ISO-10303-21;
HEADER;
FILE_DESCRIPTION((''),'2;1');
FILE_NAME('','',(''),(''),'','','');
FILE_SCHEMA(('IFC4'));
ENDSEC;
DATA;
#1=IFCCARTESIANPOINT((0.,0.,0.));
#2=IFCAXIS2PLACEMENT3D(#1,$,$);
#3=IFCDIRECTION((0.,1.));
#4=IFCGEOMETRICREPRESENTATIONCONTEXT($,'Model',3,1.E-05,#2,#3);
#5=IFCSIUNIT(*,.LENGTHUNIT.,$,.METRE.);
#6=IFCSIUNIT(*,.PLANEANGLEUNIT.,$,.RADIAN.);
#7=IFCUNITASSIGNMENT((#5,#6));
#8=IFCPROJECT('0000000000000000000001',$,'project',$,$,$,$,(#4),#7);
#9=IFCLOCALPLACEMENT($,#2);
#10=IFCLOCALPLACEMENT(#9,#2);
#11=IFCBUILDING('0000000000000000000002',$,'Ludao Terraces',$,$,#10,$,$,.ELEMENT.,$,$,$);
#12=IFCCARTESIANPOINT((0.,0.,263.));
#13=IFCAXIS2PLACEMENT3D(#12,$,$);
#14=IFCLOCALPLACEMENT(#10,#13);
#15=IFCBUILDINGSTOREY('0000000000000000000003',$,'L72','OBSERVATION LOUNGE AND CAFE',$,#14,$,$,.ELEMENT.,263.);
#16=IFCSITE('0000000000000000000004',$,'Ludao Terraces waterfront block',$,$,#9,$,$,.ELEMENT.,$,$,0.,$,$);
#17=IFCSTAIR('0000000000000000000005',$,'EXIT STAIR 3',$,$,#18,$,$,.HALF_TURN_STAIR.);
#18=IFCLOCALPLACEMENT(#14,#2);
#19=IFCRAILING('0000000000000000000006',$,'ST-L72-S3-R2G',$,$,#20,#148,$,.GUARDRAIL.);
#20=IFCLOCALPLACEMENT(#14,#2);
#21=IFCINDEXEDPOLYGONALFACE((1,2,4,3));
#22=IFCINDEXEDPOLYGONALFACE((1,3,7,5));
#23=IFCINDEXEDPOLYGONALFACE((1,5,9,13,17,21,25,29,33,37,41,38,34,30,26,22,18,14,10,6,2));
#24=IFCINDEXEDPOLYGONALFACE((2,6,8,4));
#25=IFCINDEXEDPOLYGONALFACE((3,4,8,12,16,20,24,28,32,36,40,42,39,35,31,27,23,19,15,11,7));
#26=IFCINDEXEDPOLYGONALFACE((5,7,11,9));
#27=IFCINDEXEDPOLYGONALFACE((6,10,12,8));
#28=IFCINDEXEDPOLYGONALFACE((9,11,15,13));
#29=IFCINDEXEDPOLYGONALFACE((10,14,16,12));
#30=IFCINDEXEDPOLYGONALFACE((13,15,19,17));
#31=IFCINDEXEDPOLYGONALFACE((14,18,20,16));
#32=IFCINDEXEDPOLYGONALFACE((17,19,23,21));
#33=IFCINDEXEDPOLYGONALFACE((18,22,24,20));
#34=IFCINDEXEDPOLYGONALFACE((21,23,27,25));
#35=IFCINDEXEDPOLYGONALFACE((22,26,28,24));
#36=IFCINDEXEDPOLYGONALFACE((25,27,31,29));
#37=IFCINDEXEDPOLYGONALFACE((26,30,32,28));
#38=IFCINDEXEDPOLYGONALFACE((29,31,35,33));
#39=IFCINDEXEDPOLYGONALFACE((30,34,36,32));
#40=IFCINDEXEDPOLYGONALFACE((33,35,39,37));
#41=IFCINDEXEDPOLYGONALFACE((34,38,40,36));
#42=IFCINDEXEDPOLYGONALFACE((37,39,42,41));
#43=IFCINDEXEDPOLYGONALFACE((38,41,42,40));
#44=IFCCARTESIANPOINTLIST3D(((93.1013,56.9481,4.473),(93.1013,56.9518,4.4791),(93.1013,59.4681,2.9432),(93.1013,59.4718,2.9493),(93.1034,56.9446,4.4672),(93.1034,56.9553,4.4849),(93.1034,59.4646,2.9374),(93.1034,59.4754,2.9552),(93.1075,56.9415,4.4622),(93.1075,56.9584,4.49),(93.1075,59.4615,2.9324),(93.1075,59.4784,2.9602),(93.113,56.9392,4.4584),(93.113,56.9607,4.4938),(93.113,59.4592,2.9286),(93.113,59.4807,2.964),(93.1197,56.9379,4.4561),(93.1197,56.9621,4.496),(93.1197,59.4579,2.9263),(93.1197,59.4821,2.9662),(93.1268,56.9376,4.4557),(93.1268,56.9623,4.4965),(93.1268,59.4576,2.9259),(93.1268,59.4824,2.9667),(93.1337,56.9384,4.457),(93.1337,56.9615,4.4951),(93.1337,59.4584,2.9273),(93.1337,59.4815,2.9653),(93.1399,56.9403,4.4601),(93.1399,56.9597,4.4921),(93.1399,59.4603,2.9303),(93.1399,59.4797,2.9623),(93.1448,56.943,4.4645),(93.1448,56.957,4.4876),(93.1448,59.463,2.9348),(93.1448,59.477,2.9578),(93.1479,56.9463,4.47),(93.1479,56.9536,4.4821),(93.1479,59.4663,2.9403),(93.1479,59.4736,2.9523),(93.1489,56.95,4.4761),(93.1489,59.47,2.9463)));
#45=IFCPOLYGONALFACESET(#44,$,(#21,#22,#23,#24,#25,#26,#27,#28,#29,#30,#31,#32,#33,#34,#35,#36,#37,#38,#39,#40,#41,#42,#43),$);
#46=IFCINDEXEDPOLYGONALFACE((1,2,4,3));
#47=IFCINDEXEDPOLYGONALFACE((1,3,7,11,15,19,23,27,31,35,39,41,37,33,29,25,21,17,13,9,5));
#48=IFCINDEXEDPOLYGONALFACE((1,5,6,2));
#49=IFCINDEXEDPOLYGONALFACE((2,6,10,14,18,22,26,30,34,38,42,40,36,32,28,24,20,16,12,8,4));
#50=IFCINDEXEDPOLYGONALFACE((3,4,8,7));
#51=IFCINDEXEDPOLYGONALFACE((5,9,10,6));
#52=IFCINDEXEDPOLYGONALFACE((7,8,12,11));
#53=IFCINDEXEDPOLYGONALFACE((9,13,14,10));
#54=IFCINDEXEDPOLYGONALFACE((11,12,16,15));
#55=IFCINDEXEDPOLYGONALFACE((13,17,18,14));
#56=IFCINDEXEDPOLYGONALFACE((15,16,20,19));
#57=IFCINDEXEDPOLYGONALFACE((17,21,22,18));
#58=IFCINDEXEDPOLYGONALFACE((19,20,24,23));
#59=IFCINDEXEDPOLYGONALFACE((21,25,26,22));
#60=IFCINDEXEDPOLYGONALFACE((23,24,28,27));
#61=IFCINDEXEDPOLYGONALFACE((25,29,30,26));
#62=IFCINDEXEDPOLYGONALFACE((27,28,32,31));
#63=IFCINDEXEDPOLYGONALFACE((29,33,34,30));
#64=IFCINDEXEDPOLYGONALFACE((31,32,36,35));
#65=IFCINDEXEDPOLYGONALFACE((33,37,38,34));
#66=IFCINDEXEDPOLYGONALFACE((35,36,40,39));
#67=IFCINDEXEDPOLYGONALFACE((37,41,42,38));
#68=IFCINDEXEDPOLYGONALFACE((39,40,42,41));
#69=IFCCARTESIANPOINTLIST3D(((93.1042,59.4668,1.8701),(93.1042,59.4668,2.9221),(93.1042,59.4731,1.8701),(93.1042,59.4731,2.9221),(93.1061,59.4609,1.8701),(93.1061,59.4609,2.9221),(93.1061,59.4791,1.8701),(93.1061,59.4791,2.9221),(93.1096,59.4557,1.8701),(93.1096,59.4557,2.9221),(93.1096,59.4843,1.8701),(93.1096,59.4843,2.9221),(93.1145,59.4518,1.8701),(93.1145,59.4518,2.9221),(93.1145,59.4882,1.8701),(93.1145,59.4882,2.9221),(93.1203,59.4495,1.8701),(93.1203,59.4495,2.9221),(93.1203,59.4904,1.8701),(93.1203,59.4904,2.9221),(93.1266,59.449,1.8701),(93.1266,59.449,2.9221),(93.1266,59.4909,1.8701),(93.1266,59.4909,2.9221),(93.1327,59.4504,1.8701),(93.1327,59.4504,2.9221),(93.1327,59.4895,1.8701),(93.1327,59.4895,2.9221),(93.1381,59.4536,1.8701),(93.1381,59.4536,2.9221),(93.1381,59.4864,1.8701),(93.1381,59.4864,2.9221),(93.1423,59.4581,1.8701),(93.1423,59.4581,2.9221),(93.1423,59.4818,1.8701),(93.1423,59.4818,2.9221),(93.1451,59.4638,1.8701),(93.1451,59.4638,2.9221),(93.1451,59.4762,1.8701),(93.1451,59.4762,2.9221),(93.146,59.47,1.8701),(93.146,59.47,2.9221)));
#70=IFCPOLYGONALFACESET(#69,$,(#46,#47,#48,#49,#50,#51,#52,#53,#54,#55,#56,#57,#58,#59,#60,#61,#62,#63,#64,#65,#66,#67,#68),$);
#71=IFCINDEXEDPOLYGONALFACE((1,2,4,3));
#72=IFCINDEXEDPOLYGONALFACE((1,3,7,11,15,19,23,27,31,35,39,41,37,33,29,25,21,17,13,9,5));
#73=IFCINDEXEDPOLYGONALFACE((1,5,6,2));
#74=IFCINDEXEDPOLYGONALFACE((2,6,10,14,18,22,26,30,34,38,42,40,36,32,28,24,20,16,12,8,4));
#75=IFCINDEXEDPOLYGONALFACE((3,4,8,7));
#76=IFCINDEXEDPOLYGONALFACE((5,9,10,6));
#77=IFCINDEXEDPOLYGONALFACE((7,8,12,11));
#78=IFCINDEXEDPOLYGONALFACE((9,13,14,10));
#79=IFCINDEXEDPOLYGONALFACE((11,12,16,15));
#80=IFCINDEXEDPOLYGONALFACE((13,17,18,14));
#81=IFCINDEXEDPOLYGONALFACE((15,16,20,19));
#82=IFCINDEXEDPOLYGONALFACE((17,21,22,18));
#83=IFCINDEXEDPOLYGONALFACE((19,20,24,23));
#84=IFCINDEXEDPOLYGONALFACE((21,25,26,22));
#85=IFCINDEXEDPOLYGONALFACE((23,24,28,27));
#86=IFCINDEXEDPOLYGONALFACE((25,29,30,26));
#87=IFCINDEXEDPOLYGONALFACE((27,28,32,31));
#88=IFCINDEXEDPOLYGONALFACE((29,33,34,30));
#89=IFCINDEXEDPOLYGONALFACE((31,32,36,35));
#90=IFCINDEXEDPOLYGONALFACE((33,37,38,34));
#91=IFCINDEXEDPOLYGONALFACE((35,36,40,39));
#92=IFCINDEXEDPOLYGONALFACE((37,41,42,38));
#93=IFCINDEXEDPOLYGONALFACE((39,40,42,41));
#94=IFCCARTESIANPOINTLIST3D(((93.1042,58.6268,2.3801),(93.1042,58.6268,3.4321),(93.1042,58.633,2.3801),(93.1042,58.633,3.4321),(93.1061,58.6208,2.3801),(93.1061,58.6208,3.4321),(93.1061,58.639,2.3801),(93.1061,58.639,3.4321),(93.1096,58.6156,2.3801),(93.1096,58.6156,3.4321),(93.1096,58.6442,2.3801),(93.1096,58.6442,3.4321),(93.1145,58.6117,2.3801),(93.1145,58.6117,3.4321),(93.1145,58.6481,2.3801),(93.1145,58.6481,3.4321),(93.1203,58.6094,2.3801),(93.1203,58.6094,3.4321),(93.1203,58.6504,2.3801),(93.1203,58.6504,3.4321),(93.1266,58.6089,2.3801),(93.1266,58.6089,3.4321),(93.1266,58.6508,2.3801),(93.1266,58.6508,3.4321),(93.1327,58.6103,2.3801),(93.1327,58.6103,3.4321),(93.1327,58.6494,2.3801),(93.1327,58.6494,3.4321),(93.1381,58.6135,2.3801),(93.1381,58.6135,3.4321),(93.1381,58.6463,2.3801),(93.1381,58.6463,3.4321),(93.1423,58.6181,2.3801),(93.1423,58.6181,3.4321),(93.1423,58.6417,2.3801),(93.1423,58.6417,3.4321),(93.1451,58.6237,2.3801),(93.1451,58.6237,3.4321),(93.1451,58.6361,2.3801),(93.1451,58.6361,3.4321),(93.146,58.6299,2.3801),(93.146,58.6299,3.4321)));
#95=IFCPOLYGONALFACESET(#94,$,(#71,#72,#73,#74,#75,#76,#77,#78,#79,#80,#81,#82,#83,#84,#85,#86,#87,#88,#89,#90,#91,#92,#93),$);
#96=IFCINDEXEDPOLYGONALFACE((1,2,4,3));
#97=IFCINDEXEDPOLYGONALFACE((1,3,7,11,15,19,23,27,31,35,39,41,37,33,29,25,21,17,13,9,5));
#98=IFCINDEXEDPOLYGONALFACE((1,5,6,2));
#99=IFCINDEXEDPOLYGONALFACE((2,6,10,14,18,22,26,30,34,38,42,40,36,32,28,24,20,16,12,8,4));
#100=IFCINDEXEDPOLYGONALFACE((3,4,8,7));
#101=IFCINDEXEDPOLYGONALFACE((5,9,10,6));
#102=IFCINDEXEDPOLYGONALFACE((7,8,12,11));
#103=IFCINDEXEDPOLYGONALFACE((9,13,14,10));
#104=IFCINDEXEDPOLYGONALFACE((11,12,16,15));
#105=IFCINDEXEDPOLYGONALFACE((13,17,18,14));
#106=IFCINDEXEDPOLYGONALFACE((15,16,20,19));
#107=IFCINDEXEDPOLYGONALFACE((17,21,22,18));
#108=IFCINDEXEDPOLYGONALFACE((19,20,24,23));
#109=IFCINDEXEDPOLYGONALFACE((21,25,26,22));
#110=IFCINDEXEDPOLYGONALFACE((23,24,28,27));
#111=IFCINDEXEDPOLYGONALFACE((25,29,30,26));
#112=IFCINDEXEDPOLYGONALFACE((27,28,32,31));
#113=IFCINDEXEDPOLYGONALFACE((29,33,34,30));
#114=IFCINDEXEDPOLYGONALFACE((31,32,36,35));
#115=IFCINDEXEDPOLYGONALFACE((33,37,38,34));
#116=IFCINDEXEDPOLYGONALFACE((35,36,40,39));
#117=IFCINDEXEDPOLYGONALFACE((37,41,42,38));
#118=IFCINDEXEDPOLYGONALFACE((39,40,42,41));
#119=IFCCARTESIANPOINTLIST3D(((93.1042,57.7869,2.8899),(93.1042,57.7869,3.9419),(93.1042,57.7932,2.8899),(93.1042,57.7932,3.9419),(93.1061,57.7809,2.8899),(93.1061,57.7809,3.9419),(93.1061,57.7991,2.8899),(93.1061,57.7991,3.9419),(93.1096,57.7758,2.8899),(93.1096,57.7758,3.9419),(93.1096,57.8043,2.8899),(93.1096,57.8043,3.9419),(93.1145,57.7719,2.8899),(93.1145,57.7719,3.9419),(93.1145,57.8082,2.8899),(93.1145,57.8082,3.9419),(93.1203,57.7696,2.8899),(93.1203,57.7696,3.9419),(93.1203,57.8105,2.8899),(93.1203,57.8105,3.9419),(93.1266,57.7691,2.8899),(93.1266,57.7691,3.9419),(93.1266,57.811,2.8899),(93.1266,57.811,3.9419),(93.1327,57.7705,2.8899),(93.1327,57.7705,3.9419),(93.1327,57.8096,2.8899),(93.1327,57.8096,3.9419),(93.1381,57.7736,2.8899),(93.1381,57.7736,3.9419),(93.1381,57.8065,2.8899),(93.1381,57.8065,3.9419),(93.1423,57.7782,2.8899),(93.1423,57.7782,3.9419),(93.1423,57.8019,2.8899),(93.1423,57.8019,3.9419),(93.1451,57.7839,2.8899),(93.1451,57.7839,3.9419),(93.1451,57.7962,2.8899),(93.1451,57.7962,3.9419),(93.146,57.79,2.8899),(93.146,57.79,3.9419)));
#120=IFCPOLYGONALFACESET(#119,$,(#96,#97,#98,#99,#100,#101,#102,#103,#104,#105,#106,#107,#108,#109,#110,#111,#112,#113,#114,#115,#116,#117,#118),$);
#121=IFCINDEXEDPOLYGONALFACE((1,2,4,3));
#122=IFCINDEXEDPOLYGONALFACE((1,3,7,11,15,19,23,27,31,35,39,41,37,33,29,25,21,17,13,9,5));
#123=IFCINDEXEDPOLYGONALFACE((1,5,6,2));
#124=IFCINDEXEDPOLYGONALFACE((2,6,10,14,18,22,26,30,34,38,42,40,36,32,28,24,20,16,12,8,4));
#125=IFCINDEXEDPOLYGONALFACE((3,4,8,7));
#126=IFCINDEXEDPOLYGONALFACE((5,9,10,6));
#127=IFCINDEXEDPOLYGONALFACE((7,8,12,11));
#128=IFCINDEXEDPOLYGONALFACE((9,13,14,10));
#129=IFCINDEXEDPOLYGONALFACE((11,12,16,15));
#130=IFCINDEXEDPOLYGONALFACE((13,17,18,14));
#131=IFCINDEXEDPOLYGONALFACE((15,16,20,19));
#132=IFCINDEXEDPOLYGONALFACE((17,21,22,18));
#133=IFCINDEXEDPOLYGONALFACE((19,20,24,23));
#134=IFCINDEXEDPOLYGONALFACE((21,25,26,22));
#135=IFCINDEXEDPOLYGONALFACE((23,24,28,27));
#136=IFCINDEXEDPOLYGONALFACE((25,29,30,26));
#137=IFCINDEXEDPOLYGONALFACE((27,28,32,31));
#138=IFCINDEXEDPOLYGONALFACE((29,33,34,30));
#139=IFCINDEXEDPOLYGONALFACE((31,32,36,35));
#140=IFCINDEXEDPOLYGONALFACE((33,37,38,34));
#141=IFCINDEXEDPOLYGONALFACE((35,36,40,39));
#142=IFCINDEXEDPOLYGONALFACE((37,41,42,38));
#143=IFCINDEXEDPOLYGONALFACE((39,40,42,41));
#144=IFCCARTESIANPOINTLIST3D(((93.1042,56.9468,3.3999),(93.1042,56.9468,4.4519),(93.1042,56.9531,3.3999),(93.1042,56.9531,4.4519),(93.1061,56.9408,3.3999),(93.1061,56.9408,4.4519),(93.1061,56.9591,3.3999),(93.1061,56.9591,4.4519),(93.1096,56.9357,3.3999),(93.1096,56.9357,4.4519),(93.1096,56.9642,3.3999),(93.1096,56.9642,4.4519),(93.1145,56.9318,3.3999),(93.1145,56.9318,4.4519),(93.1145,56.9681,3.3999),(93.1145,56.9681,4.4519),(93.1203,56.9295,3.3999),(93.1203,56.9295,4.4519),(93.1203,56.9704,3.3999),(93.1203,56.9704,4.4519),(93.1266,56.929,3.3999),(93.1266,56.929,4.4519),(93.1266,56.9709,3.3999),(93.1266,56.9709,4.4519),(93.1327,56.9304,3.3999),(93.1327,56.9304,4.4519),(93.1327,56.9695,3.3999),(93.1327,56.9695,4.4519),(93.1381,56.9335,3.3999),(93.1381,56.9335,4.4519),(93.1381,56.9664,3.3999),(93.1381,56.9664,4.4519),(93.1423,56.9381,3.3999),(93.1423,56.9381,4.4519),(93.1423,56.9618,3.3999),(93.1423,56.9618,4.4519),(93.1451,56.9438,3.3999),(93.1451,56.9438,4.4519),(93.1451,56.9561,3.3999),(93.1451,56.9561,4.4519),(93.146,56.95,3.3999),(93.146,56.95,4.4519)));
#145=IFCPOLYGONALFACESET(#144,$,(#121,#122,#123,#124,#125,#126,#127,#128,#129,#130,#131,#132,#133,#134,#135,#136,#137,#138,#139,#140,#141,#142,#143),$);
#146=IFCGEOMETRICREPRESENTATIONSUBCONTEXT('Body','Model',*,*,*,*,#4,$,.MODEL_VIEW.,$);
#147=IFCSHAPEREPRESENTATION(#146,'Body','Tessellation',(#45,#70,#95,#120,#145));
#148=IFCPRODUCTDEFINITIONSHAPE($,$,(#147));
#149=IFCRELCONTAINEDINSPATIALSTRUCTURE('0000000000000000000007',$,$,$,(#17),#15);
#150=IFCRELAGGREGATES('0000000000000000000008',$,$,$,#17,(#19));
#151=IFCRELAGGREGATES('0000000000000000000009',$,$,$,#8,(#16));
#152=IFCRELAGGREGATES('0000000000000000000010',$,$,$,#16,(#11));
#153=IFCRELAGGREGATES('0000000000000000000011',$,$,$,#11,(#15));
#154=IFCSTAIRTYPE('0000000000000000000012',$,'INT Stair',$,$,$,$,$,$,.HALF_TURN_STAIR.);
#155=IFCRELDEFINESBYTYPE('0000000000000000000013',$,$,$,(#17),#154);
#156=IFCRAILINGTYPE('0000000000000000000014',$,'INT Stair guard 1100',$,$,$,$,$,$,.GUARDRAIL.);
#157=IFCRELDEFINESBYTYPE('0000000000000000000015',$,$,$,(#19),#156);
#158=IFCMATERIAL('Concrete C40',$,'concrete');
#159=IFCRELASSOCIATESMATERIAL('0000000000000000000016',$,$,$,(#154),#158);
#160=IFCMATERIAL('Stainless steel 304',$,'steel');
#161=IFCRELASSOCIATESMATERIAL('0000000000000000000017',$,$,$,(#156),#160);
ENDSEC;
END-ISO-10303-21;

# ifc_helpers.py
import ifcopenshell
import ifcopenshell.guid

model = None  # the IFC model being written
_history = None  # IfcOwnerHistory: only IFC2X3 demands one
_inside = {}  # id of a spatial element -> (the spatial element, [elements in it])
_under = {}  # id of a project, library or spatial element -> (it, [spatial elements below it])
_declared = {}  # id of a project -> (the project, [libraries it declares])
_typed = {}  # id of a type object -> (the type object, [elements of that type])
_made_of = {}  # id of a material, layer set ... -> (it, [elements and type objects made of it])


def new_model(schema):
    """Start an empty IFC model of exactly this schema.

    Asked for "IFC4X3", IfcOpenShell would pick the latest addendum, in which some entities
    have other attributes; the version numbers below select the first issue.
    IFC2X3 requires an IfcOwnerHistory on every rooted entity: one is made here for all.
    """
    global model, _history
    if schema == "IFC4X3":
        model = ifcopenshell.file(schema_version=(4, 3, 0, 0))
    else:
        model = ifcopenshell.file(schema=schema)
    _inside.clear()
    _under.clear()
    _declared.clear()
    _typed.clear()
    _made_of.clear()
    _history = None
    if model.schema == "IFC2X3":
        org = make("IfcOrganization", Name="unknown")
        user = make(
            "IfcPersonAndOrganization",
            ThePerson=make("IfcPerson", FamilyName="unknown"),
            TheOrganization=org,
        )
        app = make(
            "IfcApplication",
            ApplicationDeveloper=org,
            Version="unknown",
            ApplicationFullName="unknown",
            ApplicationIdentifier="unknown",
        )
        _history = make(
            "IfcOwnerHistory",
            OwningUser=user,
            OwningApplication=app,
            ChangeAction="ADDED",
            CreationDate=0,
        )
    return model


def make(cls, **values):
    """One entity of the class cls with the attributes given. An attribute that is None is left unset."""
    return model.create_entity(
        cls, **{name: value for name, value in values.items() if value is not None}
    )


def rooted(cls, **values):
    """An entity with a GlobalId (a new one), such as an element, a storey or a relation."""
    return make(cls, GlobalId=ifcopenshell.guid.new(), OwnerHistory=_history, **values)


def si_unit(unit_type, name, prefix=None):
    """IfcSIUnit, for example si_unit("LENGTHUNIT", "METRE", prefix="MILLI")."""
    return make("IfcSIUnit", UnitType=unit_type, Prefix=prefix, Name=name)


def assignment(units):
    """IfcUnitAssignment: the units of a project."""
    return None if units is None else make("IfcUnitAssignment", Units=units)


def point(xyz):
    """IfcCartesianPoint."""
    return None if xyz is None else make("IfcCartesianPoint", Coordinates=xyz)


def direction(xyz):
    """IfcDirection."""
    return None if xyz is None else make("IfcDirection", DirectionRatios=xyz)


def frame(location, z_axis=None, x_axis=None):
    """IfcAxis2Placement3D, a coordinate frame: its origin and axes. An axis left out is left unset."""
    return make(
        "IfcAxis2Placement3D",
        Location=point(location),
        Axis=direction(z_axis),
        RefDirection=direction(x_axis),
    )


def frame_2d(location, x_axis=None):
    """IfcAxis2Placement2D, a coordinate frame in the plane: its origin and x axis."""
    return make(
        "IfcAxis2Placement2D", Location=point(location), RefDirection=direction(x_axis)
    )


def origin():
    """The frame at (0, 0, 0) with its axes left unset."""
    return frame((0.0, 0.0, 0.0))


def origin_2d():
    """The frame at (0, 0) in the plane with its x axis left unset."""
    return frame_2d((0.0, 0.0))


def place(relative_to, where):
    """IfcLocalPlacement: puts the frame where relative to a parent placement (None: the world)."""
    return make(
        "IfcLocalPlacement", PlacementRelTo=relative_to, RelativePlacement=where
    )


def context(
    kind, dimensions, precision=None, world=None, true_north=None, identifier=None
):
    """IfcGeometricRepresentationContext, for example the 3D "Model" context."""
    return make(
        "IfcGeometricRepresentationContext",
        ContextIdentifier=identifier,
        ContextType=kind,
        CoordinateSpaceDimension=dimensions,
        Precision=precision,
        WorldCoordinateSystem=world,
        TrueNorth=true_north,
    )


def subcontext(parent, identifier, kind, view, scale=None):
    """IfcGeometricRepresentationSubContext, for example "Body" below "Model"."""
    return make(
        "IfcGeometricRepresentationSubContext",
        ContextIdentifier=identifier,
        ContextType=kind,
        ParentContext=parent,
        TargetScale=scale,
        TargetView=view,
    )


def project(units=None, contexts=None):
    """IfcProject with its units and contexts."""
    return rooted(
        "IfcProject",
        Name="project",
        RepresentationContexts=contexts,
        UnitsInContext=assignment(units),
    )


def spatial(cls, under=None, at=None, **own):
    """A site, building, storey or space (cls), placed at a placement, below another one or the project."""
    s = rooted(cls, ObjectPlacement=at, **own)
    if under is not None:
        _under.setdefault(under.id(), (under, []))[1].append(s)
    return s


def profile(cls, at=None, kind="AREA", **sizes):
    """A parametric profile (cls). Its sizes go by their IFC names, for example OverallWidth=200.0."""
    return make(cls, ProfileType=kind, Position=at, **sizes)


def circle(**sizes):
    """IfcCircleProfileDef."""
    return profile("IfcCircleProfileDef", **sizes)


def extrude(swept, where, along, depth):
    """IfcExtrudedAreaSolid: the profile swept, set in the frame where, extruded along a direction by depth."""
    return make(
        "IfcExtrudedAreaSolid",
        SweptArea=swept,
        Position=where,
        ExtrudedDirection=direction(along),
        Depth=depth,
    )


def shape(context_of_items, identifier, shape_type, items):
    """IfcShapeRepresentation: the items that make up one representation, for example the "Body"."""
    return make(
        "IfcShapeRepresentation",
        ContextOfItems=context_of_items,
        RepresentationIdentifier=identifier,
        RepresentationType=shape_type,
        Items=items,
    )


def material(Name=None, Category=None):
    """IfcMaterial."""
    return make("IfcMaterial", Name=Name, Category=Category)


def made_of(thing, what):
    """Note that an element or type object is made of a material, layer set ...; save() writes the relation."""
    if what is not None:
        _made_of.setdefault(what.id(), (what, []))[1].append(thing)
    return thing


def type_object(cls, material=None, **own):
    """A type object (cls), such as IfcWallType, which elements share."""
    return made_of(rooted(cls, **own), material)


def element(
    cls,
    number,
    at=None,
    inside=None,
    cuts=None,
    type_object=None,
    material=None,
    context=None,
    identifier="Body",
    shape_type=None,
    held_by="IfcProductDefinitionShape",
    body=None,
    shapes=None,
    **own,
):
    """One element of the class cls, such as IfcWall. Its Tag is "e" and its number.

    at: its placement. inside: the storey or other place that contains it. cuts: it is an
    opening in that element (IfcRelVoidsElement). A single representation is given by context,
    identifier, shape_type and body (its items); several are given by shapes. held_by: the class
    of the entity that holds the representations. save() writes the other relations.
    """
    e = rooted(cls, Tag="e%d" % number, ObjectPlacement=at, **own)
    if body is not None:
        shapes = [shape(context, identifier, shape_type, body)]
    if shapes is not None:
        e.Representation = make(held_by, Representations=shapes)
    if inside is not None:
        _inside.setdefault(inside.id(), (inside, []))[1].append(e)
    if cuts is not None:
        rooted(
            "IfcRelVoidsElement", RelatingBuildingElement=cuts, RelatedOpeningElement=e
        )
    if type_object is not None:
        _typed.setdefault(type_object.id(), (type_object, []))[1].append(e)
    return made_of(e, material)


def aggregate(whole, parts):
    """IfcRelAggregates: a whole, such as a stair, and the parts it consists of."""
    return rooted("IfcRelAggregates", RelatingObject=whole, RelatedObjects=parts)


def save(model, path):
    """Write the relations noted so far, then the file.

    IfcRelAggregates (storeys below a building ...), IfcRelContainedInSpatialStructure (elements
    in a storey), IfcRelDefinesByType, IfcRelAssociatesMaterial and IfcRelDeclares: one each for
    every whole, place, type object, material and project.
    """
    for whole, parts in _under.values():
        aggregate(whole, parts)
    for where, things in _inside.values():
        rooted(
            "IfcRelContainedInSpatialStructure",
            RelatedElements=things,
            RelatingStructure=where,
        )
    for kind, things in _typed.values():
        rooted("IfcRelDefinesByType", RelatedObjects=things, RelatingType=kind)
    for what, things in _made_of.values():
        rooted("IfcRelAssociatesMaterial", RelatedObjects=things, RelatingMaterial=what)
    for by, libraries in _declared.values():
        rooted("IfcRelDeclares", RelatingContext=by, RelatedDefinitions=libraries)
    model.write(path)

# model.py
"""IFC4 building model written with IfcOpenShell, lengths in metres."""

from ifc_helpers import new_model, si_unit, direction, frame, origin, origin_2d, place, context, subcontext, project, spatial, circle, extrude, material, type_object, element, aggregate, save


model = new_model("IFC4")

# Units and contexts
model_context = context("Model", 3, precision=1e-05, world=origin(), true_north=direction((0.0, 1.0)))
body_context = subcontext(model_context, "Body", "Model", "MODEL_VIEW")
ifc_project = project(units=[si_unit("LENGTHUNIT", "METRE"), si_unit("PLANEANGLEUNIT", "RADIAN")], contexts=[model_context])

# Site, building, storey
site_placement = place(None, origin())
site = spatial("IfcSite", under=ifc_project, at=site_placement, Name="Ludao Terraces waterfront block", CompositionType="ELEMENT", RefElevation=0.0)
building_placement = place(site_placement, origin())
building = spatial("IfcBuilding", under=site, at=building_placement, Name="Ludao Terraces", CompositionType="ELEMENT")
storey_placement = place(building_placement, frame((0.0, 0.0, 263.0)))
storey = spatial("IfcBuildingStorey", under=building, at=storey_placement, Name="L72", Description="OBSERVATION LOUNGE AND CAFE", CompositionType="ELEMENT", Elevation=263.0)

# Shared definitions
ifc_material_1 = material(Name="Concrete C40", Category="concrete")

# Stair, railing
stair_type = type_object("IfcStairType", Name="INT Stair", PredefinedType="HALF_TURN_STAIR", material=ifc_material_1)
stair_placement = place(storey_placement, origin())
stair = element("IfcStair", 1, at=stair_placement, inside=storey, type_object=stair_type, Name="EXIT STAIR 3", PredefinedType="HALF_TURN_STAIR")
ifc_material_2 = material(Name="Stainless steel 304", Category="steel")
railing_type_1 = type_object("IfcRailingType", Name="INT Stair guard 1100", PredefinedType="GUARDRAIL", material=ifc_material_2)
railing_1_placement = place(storey_placement, frame((93.125, 59.47, 1.8701)))
railing_1 = element("IfcRailing", 2, at=railing_1_placement, type_object=railing_type_1, Name="ST-L72-S3-R2G", PredefinedType="GUARDRAIL", context=body_context, shape_type="SweptSolid", body=[
    extrude(circle(Radius=0.0239, at=origin_2d()), frame((0.0, 0.0, 1.0762), z_axis=(0.0, -0.854822, 0.518922), x_axis=(1.0, 0.0, 0.0)), (0.0, 0.0, 1.0), 2.948),
    extrude(circle(Radius=0.021, at=origin_2d()), origin(), (0.0, 0.0, 1.0), 1.052),
    extrude(circle(Radius=0.021, at=origin_2d()), frame((0.0, -0.8401, 0.51)), (0.0, 0.0, 1.0), 1.052),
    extrude(circle(Radius=0.021, at=origin_2d()), frame((0.0, -1.6799, 1.0198)), (0.0, 0.0, 1.0), 1.052),
    extrude(circle(Radius=0.021, at=origin_2d()), frame((0.0, -2.52, 1.5298)), (0.0, 0.0, 1.0), 1.052),
])
aggregate(stair, [railing_1])

save(model, "model.ifc")
